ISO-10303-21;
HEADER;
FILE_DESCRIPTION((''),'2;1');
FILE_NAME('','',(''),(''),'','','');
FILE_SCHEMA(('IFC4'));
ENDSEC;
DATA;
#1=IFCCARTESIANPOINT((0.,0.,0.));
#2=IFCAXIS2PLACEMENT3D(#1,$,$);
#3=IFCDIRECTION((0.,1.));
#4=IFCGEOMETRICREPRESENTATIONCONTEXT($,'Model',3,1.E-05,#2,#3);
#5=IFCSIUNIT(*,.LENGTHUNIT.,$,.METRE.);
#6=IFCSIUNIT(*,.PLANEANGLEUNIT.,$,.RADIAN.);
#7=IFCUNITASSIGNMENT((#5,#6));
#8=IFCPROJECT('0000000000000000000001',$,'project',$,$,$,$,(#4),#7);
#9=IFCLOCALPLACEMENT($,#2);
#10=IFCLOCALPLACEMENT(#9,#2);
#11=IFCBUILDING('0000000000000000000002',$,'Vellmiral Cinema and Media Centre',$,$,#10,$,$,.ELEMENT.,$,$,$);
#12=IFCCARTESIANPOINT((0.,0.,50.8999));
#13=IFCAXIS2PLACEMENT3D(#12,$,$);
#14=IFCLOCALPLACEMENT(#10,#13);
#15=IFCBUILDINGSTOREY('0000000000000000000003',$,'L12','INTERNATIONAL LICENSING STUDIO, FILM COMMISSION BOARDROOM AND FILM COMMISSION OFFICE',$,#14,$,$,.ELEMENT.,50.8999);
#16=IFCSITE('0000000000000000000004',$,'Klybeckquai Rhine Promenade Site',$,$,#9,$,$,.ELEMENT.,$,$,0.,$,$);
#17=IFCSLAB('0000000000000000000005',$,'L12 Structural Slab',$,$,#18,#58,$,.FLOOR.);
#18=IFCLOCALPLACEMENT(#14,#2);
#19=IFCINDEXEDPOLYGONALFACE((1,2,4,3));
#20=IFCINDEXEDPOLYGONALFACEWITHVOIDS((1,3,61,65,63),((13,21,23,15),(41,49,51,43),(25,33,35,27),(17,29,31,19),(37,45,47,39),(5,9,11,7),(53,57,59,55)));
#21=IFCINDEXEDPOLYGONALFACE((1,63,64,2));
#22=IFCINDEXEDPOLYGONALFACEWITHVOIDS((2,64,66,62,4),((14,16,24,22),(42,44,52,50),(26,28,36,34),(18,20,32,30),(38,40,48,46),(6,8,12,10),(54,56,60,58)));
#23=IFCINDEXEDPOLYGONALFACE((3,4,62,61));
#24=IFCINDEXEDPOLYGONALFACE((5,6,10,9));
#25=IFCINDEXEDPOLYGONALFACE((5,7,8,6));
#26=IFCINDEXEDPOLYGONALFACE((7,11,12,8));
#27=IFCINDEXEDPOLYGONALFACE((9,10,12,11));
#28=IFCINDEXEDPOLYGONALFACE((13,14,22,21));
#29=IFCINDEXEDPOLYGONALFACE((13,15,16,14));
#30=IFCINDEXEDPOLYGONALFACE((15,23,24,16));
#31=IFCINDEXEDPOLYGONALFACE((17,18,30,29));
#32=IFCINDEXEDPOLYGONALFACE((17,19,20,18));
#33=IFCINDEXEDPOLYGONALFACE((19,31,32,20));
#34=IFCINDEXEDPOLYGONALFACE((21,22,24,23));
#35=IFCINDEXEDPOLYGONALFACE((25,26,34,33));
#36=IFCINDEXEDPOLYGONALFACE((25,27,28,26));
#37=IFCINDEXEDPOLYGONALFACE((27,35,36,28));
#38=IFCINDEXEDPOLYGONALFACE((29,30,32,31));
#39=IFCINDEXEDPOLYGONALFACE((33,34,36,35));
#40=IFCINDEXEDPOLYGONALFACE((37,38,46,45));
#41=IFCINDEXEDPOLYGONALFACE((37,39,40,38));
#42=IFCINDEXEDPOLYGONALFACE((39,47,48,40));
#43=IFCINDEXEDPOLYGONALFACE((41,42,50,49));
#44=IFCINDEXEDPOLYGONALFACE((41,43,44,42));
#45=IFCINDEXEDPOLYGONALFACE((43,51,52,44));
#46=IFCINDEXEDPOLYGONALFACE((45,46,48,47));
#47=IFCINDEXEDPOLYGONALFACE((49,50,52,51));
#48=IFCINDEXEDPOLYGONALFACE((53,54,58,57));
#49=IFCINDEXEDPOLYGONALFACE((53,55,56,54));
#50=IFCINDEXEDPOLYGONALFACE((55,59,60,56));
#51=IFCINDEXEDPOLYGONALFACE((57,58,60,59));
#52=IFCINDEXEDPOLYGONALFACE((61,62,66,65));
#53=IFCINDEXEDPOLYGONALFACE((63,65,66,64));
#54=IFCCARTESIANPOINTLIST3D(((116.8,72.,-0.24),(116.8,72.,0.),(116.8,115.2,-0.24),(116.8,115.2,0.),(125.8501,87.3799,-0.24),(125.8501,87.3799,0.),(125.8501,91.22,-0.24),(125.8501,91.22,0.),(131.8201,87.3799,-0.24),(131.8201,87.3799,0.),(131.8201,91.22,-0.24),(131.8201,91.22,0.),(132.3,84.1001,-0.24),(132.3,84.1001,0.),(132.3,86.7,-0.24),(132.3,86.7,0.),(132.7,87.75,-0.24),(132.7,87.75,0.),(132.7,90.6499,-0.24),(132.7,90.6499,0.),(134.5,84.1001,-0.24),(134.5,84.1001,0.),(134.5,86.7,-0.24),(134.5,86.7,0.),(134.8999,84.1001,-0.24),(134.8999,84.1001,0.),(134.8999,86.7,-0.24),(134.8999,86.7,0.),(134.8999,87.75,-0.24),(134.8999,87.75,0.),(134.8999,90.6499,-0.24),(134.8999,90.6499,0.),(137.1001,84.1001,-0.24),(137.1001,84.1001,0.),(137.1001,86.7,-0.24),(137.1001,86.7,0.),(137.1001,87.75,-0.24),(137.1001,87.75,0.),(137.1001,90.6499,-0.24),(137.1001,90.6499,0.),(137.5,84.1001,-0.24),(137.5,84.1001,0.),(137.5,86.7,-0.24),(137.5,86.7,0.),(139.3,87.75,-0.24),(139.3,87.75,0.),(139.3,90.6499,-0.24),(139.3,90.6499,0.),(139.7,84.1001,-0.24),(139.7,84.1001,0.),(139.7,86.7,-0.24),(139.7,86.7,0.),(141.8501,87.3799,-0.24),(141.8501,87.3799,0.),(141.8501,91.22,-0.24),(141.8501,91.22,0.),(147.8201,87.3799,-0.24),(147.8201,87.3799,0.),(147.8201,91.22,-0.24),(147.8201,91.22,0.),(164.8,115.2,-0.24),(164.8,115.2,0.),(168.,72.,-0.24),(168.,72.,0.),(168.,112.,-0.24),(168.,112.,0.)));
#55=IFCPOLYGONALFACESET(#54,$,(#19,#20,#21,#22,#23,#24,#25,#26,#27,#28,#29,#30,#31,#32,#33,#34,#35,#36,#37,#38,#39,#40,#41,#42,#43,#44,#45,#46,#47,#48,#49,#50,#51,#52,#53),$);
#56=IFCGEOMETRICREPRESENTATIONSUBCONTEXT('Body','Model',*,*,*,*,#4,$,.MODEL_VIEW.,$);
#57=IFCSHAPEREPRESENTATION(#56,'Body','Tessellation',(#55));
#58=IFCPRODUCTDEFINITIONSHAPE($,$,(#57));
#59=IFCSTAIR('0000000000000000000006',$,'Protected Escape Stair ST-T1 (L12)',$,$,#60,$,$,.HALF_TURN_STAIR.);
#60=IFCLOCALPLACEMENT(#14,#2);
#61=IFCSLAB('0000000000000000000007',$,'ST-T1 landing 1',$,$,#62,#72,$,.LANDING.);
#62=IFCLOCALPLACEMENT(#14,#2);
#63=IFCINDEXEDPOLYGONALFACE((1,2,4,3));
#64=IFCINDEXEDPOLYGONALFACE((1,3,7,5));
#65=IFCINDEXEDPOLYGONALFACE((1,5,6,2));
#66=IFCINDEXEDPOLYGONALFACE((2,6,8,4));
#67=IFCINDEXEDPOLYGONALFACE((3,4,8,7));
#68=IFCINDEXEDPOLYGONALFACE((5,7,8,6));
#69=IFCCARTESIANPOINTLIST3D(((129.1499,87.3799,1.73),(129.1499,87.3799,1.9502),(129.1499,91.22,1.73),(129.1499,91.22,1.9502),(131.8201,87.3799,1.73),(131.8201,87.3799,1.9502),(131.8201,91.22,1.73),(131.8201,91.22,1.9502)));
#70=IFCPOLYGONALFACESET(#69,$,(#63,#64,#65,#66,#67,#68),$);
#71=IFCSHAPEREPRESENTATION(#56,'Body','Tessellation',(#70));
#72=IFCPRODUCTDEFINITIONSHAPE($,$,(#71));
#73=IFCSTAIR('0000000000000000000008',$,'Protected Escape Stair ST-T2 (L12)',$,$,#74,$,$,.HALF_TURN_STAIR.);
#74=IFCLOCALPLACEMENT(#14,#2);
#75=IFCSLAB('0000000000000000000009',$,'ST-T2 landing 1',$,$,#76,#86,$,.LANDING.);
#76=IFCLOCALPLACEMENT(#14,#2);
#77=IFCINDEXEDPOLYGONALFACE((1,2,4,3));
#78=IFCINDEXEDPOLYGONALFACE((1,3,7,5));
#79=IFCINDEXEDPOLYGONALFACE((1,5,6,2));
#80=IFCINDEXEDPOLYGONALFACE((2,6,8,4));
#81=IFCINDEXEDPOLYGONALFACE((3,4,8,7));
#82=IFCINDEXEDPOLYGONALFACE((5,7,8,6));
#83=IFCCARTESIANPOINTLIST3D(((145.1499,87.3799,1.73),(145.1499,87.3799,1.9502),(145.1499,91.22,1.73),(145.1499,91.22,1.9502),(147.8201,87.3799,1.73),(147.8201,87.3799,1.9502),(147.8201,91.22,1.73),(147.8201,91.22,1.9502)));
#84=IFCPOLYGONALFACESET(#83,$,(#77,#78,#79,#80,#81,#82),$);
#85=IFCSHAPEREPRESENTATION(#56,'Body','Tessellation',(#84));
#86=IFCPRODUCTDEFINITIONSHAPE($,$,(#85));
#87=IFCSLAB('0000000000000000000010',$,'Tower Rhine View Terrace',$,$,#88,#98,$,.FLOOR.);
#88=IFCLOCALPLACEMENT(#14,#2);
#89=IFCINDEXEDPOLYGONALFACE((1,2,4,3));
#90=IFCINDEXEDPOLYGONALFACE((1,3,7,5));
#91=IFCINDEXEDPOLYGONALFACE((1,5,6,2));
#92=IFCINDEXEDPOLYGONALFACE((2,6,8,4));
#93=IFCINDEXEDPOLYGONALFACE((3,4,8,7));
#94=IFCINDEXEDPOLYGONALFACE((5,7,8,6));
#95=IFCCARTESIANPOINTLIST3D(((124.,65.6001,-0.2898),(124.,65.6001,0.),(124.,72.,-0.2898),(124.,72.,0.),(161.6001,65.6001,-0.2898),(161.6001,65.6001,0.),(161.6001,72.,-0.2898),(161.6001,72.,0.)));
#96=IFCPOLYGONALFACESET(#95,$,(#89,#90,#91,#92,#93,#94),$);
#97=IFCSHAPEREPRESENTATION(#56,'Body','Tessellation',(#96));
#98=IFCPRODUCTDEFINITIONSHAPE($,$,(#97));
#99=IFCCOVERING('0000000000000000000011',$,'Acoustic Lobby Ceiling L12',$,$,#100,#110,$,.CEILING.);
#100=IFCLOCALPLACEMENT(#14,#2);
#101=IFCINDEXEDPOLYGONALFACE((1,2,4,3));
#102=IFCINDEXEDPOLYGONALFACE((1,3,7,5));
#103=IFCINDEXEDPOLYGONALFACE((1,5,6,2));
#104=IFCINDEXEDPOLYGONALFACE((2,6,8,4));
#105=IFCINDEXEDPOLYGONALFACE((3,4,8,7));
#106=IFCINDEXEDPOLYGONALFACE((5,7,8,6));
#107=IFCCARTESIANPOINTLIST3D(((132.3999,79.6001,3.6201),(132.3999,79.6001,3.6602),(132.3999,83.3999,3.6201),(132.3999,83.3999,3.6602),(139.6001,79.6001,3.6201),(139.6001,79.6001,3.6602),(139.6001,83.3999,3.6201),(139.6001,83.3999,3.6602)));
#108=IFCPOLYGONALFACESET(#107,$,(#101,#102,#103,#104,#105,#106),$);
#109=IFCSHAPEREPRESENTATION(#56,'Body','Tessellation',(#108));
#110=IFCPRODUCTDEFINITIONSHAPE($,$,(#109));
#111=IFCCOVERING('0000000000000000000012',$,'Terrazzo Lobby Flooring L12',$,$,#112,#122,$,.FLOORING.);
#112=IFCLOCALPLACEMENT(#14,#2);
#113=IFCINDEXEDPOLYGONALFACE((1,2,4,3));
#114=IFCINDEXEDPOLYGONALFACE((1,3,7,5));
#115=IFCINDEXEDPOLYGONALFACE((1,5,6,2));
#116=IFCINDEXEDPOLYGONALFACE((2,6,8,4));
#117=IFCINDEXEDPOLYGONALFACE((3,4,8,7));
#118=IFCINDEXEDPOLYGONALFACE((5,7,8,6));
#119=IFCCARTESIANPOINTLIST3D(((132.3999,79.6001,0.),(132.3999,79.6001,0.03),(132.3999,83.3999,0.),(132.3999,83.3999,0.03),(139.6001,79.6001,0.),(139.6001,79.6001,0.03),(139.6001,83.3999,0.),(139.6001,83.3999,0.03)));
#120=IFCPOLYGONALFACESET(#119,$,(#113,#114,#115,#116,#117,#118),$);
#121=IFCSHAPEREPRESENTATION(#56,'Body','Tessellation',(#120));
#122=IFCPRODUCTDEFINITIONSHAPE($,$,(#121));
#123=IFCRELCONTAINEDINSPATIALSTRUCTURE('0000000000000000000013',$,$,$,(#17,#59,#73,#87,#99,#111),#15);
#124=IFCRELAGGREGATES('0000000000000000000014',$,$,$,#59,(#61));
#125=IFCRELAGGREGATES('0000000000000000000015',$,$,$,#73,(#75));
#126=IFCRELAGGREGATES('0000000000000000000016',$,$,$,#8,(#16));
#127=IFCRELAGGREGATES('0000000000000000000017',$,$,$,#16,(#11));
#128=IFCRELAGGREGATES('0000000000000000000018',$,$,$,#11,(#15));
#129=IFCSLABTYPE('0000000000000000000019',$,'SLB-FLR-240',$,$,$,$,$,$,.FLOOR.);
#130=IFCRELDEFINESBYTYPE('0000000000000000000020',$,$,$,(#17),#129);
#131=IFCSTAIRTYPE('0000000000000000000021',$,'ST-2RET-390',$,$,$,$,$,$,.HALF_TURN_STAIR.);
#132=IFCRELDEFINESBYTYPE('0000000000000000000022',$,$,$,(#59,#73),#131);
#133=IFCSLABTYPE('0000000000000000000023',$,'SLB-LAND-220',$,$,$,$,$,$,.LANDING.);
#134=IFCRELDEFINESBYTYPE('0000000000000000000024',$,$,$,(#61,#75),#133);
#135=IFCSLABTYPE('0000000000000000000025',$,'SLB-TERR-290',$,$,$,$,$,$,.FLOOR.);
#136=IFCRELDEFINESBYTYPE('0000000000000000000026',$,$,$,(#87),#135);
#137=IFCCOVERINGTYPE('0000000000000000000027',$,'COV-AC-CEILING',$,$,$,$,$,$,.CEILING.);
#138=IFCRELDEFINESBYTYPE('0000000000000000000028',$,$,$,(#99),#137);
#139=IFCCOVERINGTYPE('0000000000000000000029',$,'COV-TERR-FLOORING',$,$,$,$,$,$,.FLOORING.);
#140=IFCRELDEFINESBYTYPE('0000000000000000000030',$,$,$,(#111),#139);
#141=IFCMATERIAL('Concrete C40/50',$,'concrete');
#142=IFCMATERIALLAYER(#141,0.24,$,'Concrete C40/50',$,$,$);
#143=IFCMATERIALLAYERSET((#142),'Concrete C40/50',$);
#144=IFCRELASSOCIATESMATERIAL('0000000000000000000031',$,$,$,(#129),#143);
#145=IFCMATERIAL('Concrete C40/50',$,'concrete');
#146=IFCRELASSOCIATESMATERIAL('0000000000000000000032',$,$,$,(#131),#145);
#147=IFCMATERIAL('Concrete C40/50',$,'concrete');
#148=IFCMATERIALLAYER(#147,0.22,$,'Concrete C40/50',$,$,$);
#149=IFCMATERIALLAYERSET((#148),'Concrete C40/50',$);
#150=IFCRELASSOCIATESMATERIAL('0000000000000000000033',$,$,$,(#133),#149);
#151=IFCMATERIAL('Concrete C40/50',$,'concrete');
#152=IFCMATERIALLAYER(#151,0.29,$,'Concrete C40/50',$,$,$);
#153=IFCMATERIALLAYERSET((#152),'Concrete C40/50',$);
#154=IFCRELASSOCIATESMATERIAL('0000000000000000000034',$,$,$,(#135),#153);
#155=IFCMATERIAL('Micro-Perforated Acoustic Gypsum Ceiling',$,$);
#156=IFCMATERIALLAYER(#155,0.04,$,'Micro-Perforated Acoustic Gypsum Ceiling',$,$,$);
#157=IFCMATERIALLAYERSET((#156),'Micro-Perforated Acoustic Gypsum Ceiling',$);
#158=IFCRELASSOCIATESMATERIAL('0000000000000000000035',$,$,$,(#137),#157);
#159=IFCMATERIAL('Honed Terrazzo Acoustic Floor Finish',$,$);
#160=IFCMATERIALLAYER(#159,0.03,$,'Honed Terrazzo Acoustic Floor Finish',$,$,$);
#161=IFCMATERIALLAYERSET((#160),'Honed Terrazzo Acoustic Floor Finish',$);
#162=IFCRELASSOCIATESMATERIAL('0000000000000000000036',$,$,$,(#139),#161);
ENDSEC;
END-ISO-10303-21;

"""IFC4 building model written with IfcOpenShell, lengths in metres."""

from ifc_helpers import new_model, si_unit, direction, frame, origin, place, context, subcontext, project, spatial, polyline, outline, extrude, material, layer, layer_set, type_object, element, aggregate, save


model = new_model("IFC4")

# Units and contexts
model_context = context("Model", 3, precision=1e-05, world=origin(), true_north=direction((0.0, 1.0)))
body_context = subcontext(model_context, "Body", "Model", "MODEL_VIEW")
ifc_project = project(units=[si_unit("LENGTHUNIT", "METRE"), si_unit("PLANEANGLEUNIT", "RADIAN")], contexts=[model_context])

# Site, building, storey
site_placement = place(None, origin())
site = spatial("IfcSite", under=ifc_project, at=site_placement, Name="Klybeckquai Rhine Promenade Site", CompositionType="ELEMENT", RefElevation=0.0)
building_placement = place(site_placement, origin())
building = spatial("IfcBuilding", under=site, at=building_placement, Name="Vellmiral Cinema and Media Centre", CompositionType="ELEMENT")
storey_placement = place(building_placement, frame((0.0, 0.0, 50.8999)))
storey = spatial("IfcBuildingStorey", under=building, at=storey_placement, Name="L12", Description="INTERNATIONAL LICENSING STUDIO, FILM COMMISSION BOARDROOM AND FILM COMMISSION OFFICE", CompositionType="ELEMENT", Elevation=50.8999)

# Slab
ifc_material_1 = material(Name="Concrete C40/50", Category="concrete")
ifc_layer_1 = layer(ifc_material_1, 0.24, Name="Concrete C40/50")
ifc_layer_set_1 = layer_set([ifc_layer_1], Name="Concrete C40/50")
slab_type_1 = type_object("IfcSlabType", Name="SLB-FLR-240", PredefinedType="FLOOR", material=ifc_layer_set_1)
slab_1_placement = place(storey_placement, frame((0.0, 0.0, -0.24)))
element("IfcSlab", 1, at=slab_1_placement, inside=storey, type_object=slab_type_1, Name="L12 Structural Slab", PredefinedType="FLOOR", context=body_context, shape_type="SweptSolid", body=[
    extrude(outline(polyline([(116.8, 72.0), (168.0, 72.0), (168.0, 112.0), (164.8, 115.2), (116.8, 115.2), (116.8, 72.0)]), holes=[polyline([(125.8501, 87.3799), (131.8201, 87.3799), (131.8201, 91.22), (125.8501, 91.22), (125.8501, 87.3799)]), polyline([(141.8501, 87.3799), (147.8201, 87.3799), (147.8201, 91.22), (141.8501, 91.22), (141.8501, 87.3799)]), polyline([(132.7, 87.75), (134.8999, 87.75), (134.8999, 90.6499), (132.7, 90.6499), (132.7, 87.75)]), polyline([(137.1001, 87.75), (139.3, 87.75), (139.3, 90.6499), (137.1001, 90.6499), (137.1001, 87.75)]), polyline([(132.3, 84.1001), (134.5, 84.1001), (134.5, 86.7), (132.3, 86.7), (132.3, 84.1001)]), polyline([(134.8999, 84.1001), (137.1001, 84.1001), (137.1001, 86.7), (134.8999, 86.7), (134.8999, 84.1001)]), polyline([(137.5, 84.1001), (139.7, 84.1001), (139.7, 86.7), (137.5, 86.7), (137.5, 84.1001)])]), origin(), (0.0, 0.0, 1.0), 0.24),
])

# Stairs, slabs
ifc_material_2 = material(Name="Concrete C40/50", Category="concrete")
stair_type = type_object("IfcStairType", Name="ST-2RET-390", PredefinedType="HALF_TURN_STAIR", material=ifc_material_2)
stair_1_placement = place(storey_placement, origin())
stair_1 = element("IfcStair", 2, at=stair_1_placement, inside=storey, type_object=stair_type, Name="Protected Escape Stair ST-T1 (L12)", PredefinedType="HALF_TURN_STAIR")
ifc_material_3 = material(Name="Concrete C40/50", Category="concrete")
ifc_layer_2 = layer(ifc_material_3, 0.22, Name="Concrete C40/50")
ifc_layer_set_2 = layer_set([ifc_layer_2], Name="Concrete C40/50")
slab_type_2 = type_object("IfcSlabType", Name="SLB-LAND-220", PredefinedType="LANDING", material=ifc_layer_set_2)
slab_2_placement = place(storey_placement, frame((0.0, 0.0, 1.73)))
slab_2 = element("IfcSlab", 3, at=slab_2_placement, type_object=slab_type_2, Name="ST-T1 landing 1", PredefinedType="LANDING", context=body_context, shape_type="SweptSolid", body=[
    extrude(outline(polyline([(129.1499, 87.3799), (131.8201, 87.3799), (131.8201, 91.22), (129.1499, 91.22), (129.1499, 87.3799)])), origin(), (0.0, 0.0, 1.0), 0.2202),
])
aggregate(stair_1, [slab_2])
stair_2_placement = place(storey_placement, origin())
stair_2 = element("IfcStair", 4, at=stair_2_placement, inside=storey, type_object=stair_type, Name="Protected Escape Stair ST-T2 (L12)", PredefinedType="HALF_TURN_STAIR")
slab_3_placement = place(storey_placement, frame((0.0, 0.0, 1.73)))
slab_3 = element("IfcSlab", 5, at=slab_3_placement, type_object=slab_type_2, Name="ST-T2 landing 1", PredefinedType="LANDING", context=body_context, shape_type="SweptSolid", body=[
    extrude(outline(polyline([(145.1499, 87.3799), (147.8201, 87.3799), (147.8201, 91.22), (145.1499, 91.22), (145.1499, 87.3799)])), origin(), (0.0, 0.0, 1.0), 0.2202),
])
aggregate(stair_2, [slab_3])

# Slab
ifc_material_4 = material(Name="Concrete C40/50", Category="concrete")
ifc_layer_3 = layer(ifc_material_4, 0.29, Name="Concrete C40/50")
ifc_layer_set_3 = layer_set([ifc_layer_3], Name="Concrete C40/50")
slab_type_3 = type_object("IfcSlabType", Name="SLB-TERR-290", PredefinedType="FLOOR", material=ifc_layer_set_3)
slab_4_placement = place(storey_placement, frame((0.0, 0.0, -0.2898)))
element("IfcSlab", 6, at=slab_4_placement, inside=storey, type_object=slab_type_3, Name="Tower Rhine View Terrace", PredefinedType="FLOOR", context=body_context, shape_type="SweptSolid", body=[
    extrude(outline(polyline([(124.0, 65.6001), (161.6001, 65.6001), (161.6001, 72.0), (124.0, 72.0), (124.0, 65.6001)])), origin(), (0.0, 0.0, 1.0), 0.2898),
])

# Coverings
ifc_material_5 = material(Name="Micro-Perforated Acoustic Gypsum Ceiling")
ifc_layer_4 = layer(ifc_material_5, 0.04, Name="Micro-Perforated Acoustic Gypsum Ceiling")
ifc_layer_set_4 = layer_set([ifc_layer_4], Name="Micro-Perforated Acoustic Gypsum Ceiling")
covering_type_1 = type_object("IfcCoveringType", Name="COV-AC-CEILING", PredefinedType="CEILING", material=ifc_layer_set_4)
covering_1_placement = place(storey_placement, frame((0.0, 0.0, 3.6201)))
element("IfcCovering", 7, at=covering_1_placement, inside=storey, type_object=covering_type_1, Name="Acoustic Lobby Ceiling L12", PredefinedType="CEILING", context=body_context, shape_type="SweptSolid", body=[
    extrude(outline(polyline([(132.3999, 79.6001), (139.6001, 79.6001), (139.6001, 83.3999), (132.3999, 83.3999), (132.3999, 79.6001)])), origin(), (0.0, 0.0, 1.0), 0.04),
])
ifc_material_6 = material(Name="Honed Terrazzo Acoustic Floor Finish")
ifc_layer_5 = layer(ifc_material_6, 0.03, Name="Honed Terrazzo Acoustic Floor Finish")
ifc_layer_set_5 = layer_set([ifc_layer_5], Name="Honed Terrazzo Acoustic Floor Finish")
covering_type_2 = type_object("IfcCoveringType", Name="COV-TERR-FLOORING", PredefinedType="FLOORING", material=ifc_layer_set_5)
covering_2_placement = place(storey_placement, origin())
element("IfcCovering", 8, at=covering_2_placement, inside=storey, type_object=covering_type_2, Name="Terrazzo Lobby Flooring L12", PredefinedType="FLOORING", context=body_context, shape_type="SweptSolid", body=[
    extrude(outline(polyline([(132.3999, 79.6001), (139.6001, 79.6001), (139.6001, 83.3999), (132.3999, 83.3999), (132.3999, 79.6001)])), origin(), (0.0, 0.0, 1.0), 0.03),
])

save(model, "model.ifc")
